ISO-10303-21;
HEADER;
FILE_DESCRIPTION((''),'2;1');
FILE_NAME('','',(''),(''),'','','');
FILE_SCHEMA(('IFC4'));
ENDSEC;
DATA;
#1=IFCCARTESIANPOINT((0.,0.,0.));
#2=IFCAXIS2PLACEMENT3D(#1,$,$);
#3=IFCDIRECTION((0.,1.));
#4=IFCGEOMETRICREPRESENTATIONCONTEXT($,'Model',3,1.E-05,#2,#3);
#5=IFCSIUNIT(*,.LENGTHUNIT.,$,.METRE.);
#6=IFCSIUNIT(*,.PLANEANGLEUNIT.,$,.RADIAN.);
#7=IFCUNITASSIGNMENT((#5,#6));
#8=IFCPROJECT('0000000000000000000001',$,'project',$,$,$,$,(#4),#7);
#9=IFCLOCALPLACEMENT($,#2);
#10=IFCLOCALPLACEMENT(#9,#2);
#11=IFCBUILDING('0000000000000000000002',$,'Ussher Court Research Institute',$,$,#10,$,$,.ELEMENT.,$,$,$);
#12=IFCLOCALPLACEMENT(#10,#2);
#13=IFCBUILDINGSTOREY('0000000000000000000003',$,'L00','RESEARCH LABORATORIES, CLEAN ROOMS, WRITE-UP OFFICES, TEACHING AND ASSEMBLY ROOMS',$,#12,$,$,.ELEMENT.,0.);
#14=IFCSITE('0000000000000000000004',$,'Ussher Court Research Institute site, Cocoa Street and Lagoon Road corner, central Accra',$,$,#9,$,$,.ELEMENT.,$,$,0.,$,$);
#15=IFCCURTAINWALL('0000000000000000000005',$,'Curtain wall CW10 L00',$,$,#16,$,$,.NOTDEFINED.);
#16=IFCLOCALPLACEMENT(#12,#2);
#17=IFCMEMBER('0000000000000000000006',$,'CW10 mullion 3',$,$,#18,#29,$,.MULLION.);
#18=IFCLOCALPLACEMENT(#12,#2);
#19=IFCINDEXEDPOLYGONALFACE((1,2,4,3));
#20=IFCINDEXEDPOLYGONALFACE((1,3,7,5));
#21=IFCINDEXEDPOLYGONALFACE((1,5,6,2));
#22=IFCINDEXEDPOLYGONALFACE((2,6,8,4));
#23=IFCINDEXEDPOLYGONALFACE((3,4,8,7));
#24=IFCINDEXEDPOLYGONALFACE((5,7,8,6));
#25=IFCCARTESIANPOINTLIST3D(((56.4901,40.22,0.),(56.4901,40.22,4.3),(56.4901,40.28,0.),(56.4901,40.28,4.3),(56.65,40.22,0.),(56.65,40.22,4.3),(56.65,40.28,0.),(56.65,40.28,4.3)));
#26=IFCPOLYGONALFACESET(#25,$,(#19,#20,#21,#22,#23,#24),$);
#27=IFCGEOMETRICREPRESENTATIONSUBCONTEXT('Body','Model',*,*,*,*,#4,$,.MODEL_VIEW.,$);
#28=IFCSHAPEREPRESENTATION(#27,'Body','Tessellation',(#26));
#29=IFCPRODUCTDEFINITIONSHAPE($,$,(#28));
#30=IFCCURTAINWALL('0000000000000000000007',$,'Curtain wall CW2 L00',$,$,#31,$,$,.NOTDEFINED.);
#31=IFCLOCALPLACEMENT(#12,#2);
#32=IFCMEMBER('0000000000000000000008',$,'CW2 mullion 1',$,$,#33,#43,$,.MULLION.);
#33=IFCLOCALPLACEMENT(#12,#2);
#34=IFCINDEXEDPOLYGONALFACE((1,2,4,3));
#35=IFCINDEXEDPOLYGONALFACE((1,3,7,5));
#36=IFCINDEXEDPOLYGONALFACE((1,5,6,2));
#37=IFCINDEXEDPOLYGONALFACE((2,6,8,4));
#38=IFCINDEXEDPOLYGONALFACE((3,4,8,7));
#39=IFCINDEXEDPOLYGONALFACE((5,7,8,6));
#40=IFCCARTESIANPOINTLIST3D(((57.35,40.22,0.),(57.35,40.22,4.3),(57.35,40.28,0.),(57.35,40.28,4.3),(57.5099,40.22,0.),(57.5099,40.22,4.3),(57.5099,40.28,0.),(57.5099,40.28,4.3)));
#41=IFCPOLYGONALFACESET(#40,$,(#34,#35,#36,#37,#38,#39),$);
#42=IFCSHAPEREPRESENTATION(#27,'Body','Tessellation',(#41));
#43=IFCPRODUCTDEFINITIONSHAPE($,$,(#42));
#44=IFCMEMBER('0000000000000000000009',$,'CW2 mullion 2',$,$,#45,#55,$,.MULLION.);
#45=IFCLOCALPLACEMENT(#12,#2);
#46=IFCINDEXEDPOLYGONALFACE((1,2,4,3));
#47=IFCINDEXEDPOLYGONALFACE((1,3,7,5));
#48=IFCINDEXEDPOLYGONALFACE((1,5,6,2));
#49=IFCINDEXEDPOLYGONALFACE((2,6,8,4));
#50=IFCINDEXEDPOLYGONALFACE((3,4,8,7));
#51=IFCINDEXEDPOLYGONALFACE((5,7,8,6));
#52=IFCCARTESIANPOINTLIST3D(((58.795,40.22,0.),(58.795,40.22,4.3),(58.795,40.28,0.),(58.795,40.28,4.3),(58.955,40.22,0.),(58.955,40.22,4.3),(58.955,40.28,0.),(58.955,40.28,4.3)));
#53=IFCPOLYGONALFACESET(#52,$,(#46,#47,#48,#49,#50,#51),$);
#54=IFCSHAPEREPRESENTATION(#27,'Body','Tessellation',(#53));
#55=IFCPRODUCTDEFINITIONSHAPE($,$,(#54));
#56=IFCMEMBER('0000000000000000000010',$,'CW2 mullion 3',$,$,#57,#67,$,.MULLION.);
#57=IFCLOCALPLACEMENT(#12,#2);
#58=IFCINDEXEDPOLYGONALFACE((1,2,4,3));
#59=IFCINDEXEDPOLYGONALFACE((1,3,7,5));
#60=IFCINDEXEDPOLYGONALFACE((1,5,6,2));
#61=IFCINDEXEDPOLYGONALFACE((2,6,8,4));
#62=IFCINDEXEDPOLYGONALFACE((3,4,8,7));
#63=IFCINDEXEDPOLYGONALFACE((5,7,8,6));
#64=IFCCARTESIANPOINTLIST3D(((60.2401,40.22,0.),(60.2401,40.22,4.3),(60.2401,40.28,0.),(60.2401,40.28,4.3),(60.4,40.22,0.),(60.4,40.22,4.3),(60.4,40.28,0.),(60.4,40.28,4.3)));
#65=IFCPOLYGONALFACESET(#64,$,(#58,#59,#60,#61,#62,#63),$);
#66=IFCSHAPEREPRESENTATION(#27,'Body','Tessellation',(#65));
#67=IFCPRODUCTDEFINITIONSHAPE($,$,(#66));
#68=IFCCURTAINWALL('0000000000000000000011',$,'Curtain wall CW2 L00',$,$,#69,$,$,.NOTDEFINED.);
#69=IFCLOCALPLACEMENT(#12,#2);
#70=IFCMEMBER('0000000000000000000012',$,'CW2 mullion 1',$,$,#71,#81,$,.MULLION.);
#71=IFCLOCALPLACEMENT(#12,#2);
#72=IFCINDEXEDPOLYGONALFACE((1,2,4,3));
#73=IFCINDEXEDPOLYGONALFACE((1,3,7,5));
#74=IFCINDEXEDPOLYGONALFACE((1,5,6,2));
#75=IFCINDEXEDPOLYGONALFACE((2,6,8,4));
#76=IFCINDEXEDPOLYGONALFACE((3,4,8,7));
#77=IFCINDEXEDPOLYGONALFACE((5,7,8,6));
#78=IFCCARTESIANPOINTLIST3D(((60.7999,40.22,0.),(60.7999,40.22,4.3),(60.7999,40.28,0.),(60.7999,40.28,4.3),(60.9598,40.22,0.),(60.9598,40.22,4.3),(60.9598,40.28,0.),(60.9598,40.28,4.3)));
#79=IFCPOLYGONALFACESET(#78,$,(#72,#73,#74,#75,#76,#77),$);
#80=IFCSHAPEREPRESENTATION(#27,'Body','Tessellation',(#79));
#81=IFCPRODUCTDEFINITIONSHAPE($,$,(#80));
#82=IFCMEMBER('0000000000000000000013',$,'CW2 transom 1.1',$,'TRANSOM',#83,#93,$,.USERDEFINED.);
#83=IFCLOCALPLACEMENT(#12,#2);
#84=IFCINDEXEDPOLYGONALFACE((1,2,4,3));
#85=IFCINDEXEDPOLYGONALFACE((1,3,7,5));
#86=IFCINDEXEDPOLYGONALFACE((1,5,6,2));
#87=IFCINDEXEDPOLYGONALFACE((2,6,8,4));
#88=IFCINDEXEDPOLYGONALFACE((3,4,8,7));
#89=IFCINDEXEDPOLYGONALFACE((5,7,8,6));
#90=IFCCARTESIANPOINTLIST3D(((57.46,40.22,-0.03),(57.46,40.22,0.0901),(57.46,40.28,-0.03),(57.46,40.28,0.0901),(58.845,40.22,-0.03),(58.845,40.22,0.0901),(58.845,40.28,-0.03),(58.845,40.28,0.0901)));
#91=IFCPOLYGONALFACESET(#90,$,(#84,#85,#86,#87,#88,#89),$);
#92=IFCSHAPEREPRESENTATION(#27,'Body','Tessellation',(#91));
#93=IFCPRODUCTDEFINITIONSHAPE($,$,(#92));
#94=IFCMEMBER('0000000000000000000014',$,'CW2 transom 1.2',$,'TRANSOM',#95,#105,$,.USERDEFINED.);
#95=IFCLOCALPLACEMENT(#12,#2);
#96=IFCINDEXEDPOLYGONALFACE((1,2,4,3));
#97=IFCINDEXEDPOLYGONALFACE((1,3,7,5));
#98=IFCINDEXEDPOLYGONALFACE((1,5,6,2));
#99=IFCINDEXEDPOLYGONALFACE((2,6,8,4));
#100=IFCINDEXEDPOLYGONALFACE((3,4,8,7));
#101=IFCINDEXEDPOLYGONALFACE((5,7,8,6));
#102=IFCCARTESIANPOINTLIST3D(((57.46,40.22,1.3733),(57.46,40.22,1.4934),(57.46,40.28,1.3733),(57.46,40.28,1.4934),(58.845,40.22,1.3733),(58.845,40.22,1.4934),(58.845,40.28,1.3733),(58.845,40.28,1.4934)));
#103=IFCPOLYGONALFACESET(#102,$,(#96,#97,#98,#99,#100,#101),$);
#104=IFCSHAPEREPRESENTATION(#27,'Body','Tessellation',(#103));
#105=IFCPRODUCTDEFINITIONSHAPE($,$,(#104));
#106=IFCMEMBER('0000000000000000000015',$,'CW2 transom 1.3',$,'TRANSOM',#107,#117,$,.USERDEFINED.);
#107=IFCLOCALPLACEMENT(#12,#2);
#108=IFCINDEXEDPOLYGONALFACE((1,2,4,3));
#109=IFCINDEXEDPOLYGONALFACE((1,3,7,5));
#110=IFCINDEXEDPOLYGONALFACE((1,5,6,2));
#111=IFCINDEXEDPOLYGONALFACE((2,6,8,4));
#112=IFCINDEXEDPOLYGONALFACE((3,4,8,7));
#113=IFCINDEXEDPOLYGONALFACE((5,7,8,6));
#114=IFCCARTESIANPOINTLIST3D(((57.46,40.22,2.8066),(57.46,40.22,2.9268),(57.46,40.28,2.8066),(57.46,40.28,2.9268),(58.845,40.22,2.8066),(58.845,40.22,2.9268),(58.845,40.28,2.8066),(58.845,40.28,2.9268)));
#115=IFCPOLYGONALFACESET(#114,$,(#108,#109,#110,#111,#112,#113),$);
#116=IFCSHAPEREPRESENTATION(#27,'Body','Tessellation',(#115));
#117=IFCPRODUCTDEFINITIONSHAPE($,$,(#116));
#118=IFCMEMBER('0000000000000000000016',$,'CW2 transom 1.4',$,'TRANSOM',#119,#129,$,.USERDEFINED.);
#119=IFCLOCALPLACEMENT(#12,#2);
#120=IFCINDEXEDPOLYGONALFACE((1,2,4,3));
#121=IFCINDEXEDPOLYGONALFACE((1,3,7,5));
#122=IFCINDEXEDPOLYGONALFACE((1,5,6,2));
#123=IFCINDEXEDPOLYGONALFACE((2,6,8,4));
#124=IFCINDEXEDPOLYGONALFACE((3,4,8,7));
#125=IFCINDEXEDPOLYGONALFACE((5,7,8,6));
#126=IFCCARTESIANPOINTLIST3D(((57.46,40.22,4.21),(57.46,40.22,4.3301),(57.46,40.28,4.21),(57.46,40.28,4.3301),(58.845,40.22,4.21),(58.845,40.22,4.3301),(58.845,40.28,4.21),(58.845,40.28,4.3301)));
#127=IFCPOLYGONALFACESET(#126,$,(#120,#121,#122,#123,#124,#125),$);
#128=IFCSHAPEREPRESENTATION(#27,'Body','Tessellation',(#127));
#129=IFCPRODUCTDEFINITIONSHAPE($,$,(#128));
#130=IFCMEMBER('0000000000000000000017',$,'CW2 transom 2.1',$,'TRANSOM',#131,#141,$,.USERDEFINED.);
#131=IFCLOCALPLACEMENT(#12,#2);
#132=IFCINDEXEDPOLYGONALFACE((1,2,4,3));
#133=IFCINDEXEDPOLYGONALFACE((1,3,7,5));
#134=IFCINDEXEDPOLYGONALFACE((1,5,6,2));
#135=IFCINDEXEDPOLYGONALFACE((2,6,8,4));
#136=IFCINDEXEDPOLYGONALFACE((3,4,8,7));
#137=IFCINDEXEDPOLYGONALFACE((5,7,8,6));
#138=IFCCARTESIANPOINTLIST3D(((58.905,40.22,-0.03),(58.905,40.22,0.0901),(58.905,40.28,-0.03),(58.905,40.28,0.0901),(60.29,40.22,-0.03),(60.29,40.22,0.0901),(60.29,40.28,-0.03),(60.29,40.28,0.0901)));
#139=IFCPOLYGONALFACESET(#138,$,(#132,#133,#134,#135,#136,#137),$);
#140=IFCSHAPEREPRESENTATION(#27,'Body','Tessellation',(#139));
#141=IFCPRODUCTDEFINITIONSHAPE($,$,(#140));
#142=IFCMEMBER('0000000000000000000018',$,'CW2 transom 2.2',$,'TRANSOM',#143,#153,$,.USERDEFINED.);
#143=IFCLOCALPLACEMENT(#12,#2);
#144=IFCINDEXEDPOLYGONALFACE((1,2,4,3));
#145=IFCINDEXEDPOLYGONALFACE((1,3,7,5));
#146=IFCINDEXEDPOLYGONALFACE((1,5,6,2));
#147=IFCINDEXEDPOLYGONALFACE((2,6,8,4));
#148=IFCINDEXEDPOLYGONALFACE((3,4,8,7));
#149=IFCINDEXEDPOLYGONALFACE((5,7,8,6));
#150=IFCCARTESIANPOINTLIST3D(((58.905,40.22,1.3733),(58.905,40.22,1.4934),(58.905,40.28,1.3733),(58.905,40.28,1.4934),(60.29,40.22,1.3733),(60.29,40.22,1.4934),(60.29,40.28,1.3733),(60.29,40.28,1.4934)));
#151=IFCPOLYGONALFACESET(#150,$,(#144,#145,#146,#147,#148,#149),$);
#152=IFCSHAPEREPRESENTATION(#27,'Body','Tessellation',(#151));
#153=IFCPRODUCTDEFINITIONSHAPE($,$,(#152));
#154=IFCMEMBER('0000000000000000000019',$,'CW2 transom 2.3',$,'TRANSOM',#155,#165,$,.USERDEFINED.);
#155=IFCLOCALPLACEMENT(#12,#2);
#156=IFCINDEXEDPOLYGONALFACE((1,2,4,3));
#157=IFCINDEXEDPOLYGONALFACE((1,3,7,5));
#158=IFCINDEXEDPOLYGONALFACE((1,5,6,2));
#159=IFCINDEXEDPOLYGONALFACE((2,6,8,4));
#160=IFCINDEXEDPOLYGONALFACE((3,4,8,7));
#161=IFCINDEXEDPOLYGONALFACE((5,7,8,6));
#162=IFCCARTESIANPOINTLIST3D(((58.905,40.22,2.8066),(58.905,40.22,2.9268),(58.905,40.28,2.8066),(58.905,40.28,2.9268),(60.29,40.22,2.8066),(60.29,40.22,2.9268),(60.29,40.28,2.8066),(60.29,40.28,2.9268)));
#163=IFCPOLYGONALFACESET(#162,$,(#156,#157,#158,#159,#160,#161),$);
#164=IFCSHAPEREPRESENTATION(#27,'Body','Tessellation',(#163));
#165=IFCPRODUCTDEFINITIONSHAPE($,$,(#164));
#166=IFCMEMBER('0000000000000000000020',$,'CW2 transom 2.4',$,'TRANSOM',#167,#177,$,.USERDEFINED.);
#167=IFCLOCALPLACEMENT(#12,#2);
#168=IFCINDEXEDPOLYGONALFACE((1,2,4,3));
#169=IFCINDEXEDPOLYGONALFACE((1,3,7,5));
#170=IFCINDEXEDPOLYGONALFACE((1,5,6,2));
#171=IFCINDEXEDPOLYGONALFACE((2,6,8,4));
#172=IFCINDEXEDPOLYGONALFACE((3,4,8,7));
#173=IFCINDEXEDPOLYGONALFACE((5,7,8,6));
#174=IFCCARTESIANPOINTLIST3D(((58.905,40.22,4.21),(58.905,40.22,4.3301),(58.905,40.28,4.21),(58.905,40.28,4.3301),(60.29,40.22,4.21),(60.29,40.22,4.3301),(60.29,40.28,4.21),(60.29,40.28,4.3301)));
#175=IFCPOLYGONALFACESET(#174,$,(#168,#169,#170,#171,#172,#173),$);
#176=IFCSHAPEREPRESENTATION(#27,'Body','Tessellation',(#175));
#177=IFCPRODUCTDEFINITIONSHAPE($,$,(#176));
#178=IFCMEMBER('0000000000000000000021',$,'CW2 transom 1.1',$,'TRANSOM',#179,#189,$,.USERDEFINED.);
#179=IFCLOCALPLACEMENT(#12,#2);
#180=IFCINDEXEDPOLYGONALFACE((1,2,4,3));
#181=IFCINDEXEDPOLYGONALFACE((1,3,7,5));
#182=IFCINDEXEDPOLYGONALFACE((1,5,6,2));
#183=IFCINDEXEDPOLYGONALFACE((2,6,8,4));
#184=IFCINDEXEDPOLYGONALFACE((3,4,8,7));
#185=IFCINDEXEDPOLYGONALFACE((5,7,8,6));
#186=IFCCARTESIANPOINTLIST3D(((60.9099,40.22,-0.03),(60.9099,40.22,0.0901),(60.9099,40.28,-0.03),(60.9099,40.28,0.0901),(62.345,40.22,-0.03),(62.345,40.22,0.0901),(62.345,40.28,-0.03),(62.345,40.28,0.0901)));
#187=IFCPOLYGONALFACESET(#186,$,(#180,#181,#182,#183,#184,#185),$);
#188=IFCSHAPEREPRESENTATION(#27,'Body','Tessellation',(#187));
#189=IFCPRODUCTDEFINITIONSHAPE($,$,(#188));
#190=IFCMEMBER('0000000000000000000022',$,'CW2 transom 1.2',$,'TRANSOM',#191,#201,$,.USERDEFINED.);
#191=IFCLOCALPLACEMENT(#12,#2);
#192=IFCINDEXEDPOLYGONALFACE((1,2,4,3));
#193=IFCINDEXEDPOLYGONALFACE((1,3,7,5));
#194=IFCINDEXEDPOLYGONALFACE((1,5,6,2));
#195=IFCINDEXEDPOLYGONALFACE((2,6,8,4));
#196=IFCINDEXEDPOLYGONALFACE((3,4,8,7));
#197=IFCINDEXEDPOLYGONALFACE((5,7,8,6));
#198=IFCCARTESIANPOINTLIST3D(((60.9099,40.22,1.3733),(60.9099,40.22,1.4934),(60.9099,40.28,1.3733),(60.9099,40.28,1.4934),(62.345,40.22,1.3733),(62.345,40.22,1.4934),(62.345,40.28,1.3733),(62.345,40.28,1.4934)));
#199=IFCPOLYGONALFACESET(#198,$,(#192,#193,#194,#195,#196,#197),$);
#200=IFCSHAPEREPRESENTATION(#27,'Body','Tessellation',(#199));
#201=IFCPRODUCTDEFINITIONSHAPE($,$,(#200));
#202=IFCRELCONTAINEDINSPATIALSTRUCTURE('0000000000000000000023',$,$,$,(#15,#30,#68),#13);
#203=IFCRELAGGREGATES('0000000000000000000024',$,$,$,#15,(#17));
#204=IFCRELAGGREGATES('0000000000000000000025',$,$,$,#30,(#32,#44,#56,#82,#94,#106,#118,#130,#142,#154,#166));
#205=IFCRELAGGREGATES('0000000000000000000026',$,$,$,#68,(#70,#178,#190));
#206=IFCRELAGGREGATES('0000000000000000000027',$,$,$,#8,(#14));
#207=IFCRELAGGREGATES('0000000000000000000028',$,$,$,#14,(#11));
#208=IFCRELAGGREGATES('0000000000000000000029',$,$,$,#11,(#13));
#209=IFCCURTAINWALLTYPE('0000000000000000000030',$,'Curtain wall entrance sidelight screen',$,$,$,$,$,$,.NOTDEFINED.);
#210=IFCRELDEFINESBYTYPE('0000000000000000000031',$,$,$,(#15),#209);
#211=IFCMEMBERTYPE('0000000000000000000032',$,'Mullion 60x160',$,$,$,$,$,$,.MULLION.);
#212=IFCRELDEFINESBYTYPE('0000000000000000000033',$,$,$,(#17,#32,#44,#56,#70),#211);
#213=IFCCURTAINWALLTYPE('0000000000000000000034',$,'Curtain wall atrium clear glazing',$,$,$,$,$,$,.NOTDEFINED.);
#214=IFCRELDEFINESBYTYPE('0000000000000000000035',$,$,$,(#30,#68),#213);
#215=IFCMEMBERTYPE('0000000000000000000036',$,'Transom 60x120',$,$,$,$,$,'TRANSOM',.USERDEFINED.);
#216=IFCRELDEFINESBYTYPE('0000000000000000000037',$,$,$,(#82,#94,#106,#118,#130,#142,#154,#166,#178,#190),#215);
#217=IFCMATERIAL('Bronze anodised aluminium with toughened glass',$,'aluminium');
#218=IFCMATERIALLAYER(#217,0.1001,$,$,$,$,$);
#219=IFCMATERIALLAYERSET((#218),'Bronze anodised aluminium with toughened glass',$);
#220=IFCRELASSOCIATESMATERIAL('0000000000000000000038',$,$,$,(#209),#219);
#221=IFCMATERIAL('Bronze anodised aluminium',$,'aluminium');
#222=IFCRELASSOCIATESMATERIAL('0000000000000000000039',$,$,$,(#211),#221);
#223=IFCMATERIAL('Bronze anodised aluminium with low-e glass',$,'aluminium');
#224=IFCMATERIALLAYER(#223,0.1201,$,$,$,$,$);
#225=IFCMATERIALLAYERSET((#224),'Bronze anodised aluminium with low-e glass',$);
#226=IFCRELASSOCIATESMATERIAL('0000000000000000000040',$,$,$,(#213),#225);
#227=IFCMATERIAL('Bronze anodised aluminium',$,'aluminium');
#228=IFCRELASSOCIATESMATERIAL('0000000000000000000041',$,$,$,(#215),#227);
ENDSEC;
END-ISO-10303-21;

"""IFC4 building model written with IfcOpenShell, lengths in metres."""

from ifc_helpers import new_model, si_unit, direction, frame, origin, origin_2d, place, context, subcontext, project, spatial, rectangle, extrude, material, layer, layer_set, material_profile, profile_set, type_object, element, aggregate, save


model = new_model("IFC4")

# Units and contexts
model_context = context("Model", 3, precision=1e-05, world=origin(), true_north=direction((0.0, 1.0)))
body_context = subcontext(model_context, "Body", "Model", "MODEL_VIEW")
ifc_project = project(units=[si_unit("LENGTHUNIT", "METRE"), si_unit("PLANEANGLEUNIT", "RADIAN")], contexts=[model_context])

# Site, building, storey
site_placement = place(None, origin())
site = spatial("IfcSite", under=ifc_project, at=site_placement, Name="Ussher Court Research Institute site, Cocoa Street and Lagoon Road corner, central Accra", CompositionType="ELEMENT", RefElevation=0.0)
building_placement = place(site_placement, origin())
building = spatial("IfcBuilding", under=site, at=building_placement, Name="Ussher Court Research Institute", CompositionType="ELEMENT")
storey_placement = place(building_placement, origin())
storey = spatial("IfcBuildingStorey", under=building, at=storey_placement, Name="L00", Description="RESEARCH LABORATORIES, CLEAN ROOMS, WRITE-UP OFFICES, TEACHING AND ASSEMBLY ROOMS", CompositionType="ELEMENT", Elevation=0.0)

# Curtain wall, member
ifc_material_1 = material(Name="Bronze anodised aluminium with toughened glass", Category="aluminium")
ifc_layer_1 = layer(ifc_material_1, 0.1001)
ifc_layer_set_1 = layer_set([ifc_layer_1], Name="Bronze anodised aluminium with toughened glass")
curtain_wall_type_1 = type_object("IfcCurtainWallType", Name="Curtain wall entrance sidelight screen", PredefinedType="NOTDEFINED", material=ifc_layer_set_1)
curtain_wall_1_placement = place(storey_placement, origin())
curtain_wall_1 = element("IfcCurtainWall", 1, at=curtain_wall_1_placement, inside=storey, type_object=curtain_wall_type_1, Name="Curtain wall CW10 L00", PredefinedType="NOTDEFINED")
ifc_material_2 = material(Name="Bronze anodised aluminium", Category="aluminium")
ifc_material_profile_1 = material_profile(ifc_material_2, rectangle(XDim=0.0601, YDim=0.1599, at=origin_2d()), Name="Mullion 60x160")
ifc_profile_set_1 = profile_set([ifc_material_profile_1], Name="Bronze anodised aluminium")
member_type_1 = type_object("IfcMemberType", Name="Mullion 60x160", PredefinedType="MULLION", material=ifc_profile_set_1)
member_1_placement = place(storey_placement, frame((56.5701, 40.25, 0.0), z_axis=(0.0, 0.0, 1.0), x_axis=(0.0, 1.0, 0.0)))
member_1 = element("IfcMember", 2, at=member_1_placement, type_object=member_type_1, Name="CW10 mullion 3", PredefinedType="MULLION", context=body_context, shape_type="SweptSolid", body=[
    extrude(rectangle(XDim=0.0601, YDim=0.1599, at=origin_2d()), origin(), (0.0, 0.0, 1.0), 4.3),
])
aggregate(curtain_wall_1, [member_1])

# Curtain wall, members
ifc_material_3 = material(Name="Bronze anodised aluminium with low-e glass", Category="aluminium")
ifc_layer_2 = layer(ifc_material_3, 0.1201)
ifc_layer_set_2 = layer_set([ifc_layer_2], Name="Bronze anodised aluminium with low-e glass")
curtain_wall_type_2 = type_object("IfcCurtainWallType", Name="Curtain wall atrium clear glazing", PredefinedType="NOTDEFINED", material=ifc_layer_set_2)
curtain_wall_2_placement = place(storey_placement, origin())
curtain_wall_2 = element("IfcCurtainWall", 3, at=curtain_wall_2_placement, inside=storey, type_object=curtain_wall_type_2, Name="Curtain wall CW2 L00", PredefinedType="NOTDEFINED")
member_2_placement = place(storey_placement, frame((57.4299, 40.25, 0.0), z_axis=(0.0, 0.0, 1.0), x_axis=(0.0, 1.0, 0.0)))
member_2 = element("IfcMember", 4, at=member_2_placement, type_object=member_type_1, Name="CW2 mullion 1", PredefinedType="MULLION", context=body_context, shape_type="SweptSolid", body=[
    extrude(rectangle(XDim=0.0601, YDim=0.1599, at=origin_2d()), origin(), (0.0, 0.0, 1.0), 4.3),
])
member_3_placement = place(storey_placement, frame((58.875, 40.25, 0.0), z_axis=(0.0, 0.0, 1.0), x_axis=(0.0, 1.0, 0.0)))
member_3 = element("IfcMember", 5, at=member_3_placement, type_object=member_type_1, Name="CW2 mullion 2", PredefinedType="MULLION", context=body_context, shape_type="SweptSolid", body=[
    extrude(rectangle(XDim=0.0601, YDim=0.1599, at=origin_2d()), origin(), (0.0, 0.0, 1.0), 4.3),
])
member_4_placement = place(storey_placement, frame((60.3201, 40.25, 0.0), z_axis=(0.0, 0.0, 1.0), x_axis=(0.0, 1.0, 0.0)))
member_4 = element("IfcMember", 6, at=member_4_placement, type_object=member_type_1, Name="CW2 mullion 3", PredefinedType="MULLION", context=body_context, shape_type="SweptSolid", body=[
    extrude(rectangle(XDim=0.0601, YDim=0.1599, at=origin_2d()), origin(), (0.0, 0.0, 1.0), 4.3),
])

# Curtain wall, member
curtain_wall_3_placement = place(storey_placement, origin())
curtain_wall_3 = element("IfcCurtainWall", 7, at=curtain_wall_3_placement, inside=storey, type_object=curtain_wall_type_2, Name="Curtain wall CW2 L00", PredefinedType="NOTDEFINED")
member_5_placement = place(storey_placement, frame((60.8799, 40.25, 0.0), z_axis=(0.0, 0.0, 1.0), x_axis=(0.0, 1.0, 0.0)))
member_5 = element("IfcMember", 8, at=member_5_placement, type_object=member_type_1, Name="CW2 mullion 1", PredefinedType="MULLION", context=body_context, shape_type="SweptSolid", body=[
    extrude(rectangle(XDim=0.0601, YDim=0.1599, at=origin_2d()), origin(), (0.0, 0.0, 1.0), 4.3),
])

# Members
ifc_material_4 = material(Name="Bronze anodised aluminium", Category="aluminium")
ifc_material_profile_2 = material_profile(ifc_material_4, rectangle(XDim=0.0601, YDim=0.1201, at=origin_2d()), Name="Transom 60x120")
ifc_profile_set_2 = profile_set([ifc_material_profile_2], Name="Bronze anodised aluminium")
member_type_2 = type_object("IfcMemberType", Name="Transom 60x120", ElementType="TRANSOM", PredefinedType="USERDEFINED", material=ifc_profile_set_2)
member_6_placement = place(storey_placement, frame((57.46, 40.25, 0.03), z_axis=(1.0, 0.0, 0.0), x_axis=(0.0, 1.0, 0.0)))
member_6 = element("IfcMember", 9, at=member_6_placement, type_object=member_type_2, Name="CW2 transom 1.1", ObjectType="TRANSOM", PredefinedType="USERDEFINED", context=body_context, shape_type="SweptSolid", body=[
    extrude(rectangle(XDim=0.0601, YDim=0.1201, at=origin_2d()), origin(), (0.0, 0.0, 1.0), 1.385),
])
member_7_placement = place(storey_placement, frame((57.46, 40.25, 1.4333), z_axis=(1.0, 0.0, 0.0), x_axis=(0.0, 1.0, 0.0)))
member_7 = element("IfcMember", 10, at=member_7_placement, type_object=member_type_2, Name="CW2 transom 1.2", ObjectType="TRANSOM", PredefinedType="USERDEFINED", context=body_context, shape_type="SweptSolid", body=[
    extrude(rectangle(XDim=0.0601, YDim=0.1201, at=origin_2d()), origin(), (0.0, 0.0, 1.0), 1.385),
])
member_8_placement = place(storey_placement, frame((57.46, 40.25, 2.8667), z_axis=(1.0, 0.0, 0.0), x_axis=(0.0, 1.0, 0.0)))
member_8 = element("IfcMember", 11, at=member_8_placement, type_object=member_type_2, Name="CW2 transom 1.3", ObjectType="TRANSOM", PredefinedType="USERDEFINED", context=body_context, shape_type="SweptSolid", body=[
    extrude(rectangle(XDim=0.0601, YDim=0.1201, at=origin_2d()), origin(), (0.0, 0.0, 1.0), 1.385),
])
member_9_placement = place(storey_placement, frame((57.46, 40.25, 4.27), z_axis=(1.0, 0.0, 0.0), x_axis=(0.0, 1.0, 0.0)))
member_9 = element("IfcMember", 12, at=member_9_placement, type_object=member_type_2, Name="CW2 transom 1.4", ObjectType="TRANSOM", PredefinedType="USERDEFINED", context=body_context, shape_type="SweptSolid", body=[
    extrude(rectangle(XDim=0.0601, YDim=0.1201, at=origin_2d()), origin(), (0.0, 0.0, 1.0), 1.385),
])
member_10_placement = place(storey_placement, frame((58.905, 40.25, 0.03), z_axis=(1.0, 0.0, 0.0), x_axis=(0.0, 1.0, 0.0)))
member_10 = element("IfcMember", 13, at=member_10_placement, type_object=member_type_2, Name="CW2 transom 2.1", ObjectType="TRANSOM", PredefinedType="USERDEFINED", context=body_context, shape_type="SweptSolid", body=[
    extrude(rectangle(XDim=0.0601, YDim=0.1201, at=origin_2d()), origin(), (0.0, 0.0, 1.0), 1.385),
])
member_11_placement = place(storey_placement, frame((58.905, 40.25, 1.4333), z_axis=(1.0, 0.0, 0.0), x_axis=(0.0, 1.0, 0.0)))
member_11 = element("IfcMember", 14, at=member_11_placement, type_object=member_type_2, Name="CW2 transom 2.2", ObjectType="TRANSOM", PredefinedType="USERDEFINED", context=body_context, shape_type="SweptSolid", body=[
    extrude(rectangle(XDim=0.0601, YDim=0.1201, at=origin_2d()), origin(), (0.0, 0.0, 1.0), 1.385),
])
member_12_placement = place(storey_placement, frame((58.905, 40.25, 2.8667), z_axis=(1.0, 0.0, 0.0), x_axis=(0.0, 1.0, 0.0)))
member_12 = element("IfcMember", 15, at=member_12_placement, type_object=member_type_2, Name="CW2 transom 2.3", ObjectType="TRANSOM", PredefinedType="USERDEFINED", context=body_context, shape_type="SweptSolid", body=[
    extrude(rectangle(XDim=0.0601, YDim=0.1201, at=origin_2d()), origin(), (0.0, 0.0, 1.0), 1.385),
])
member_13_placement = place(storey_placement, frame((58.905, 40.25, 4.27), z_axis=(1.0, 0.0, 0.0), x_axis=(0.0, 1.0, 0.0)))
member_13 = element("IfcMember", 16, at=member_13_placement, type_object=member_type_2, Name="CW2 transom 2.4", ObjectType="TRANSOM", PredefinedType="USERDEFINED", context=body_context, shape_type="SweptSolid", body=[
    extrude(rectangle(XDim=0.0601, YDim=0.1201, at=origin_2d()), origin(), (0.0, 0.0, 1.0), 1.385),
])
member_14_placement = place(storey_placement, frame((60.9099, 40.25, 0.03), z_axis=(1.0, 0.0, 0.0), x_axis=(0.0, 1.0, 0.0)))
member_14 = element("IfcMember", 17, at=member_14_placement, type_object=member_type_2, Name="CW2 transom 1.1", ObjectType="TRANSOM", PredefinedType="USERDEFINED", context=body_context, shape_type="SweptSolid", body=[
    extrude(rectangle(XDim=0.0601, YDim=0.1201, at=origin_2d()), origin(), (0.0, 0.0, 1.0), 1.4351),
])
member_15_placement = place(storey_placement, frame((60.9099, 40.25, 1.4333), z_axis=(1.0, 0.0, 0.0), x_axis=(0.0, 1.0, 0.0)))
member_15 = element("IfcMember", 18, at=member_15_placement, type_object=member_type_2, Name="CW2 transom 1.2", ObjectType="TRANSOM", PredefinedType="USERDEFINED", context=body_context, shape_type="SweptSolid", body=[
    extrude(rectangle(XDim=0.0601, YDim=0.1201, at=origin_2d()), origin(), (0.0, 0.0, 1.0), 1.4351),
])

aggregate(curtain_wall_2, [member_2, member_3, member_4, member_6, member_7, member_8, member_9, member_10, member_11, member_12, member_13])
aggregate(curtain_wall_3, [member_5, member_14, member_15])

save(model, "model.ifc")
